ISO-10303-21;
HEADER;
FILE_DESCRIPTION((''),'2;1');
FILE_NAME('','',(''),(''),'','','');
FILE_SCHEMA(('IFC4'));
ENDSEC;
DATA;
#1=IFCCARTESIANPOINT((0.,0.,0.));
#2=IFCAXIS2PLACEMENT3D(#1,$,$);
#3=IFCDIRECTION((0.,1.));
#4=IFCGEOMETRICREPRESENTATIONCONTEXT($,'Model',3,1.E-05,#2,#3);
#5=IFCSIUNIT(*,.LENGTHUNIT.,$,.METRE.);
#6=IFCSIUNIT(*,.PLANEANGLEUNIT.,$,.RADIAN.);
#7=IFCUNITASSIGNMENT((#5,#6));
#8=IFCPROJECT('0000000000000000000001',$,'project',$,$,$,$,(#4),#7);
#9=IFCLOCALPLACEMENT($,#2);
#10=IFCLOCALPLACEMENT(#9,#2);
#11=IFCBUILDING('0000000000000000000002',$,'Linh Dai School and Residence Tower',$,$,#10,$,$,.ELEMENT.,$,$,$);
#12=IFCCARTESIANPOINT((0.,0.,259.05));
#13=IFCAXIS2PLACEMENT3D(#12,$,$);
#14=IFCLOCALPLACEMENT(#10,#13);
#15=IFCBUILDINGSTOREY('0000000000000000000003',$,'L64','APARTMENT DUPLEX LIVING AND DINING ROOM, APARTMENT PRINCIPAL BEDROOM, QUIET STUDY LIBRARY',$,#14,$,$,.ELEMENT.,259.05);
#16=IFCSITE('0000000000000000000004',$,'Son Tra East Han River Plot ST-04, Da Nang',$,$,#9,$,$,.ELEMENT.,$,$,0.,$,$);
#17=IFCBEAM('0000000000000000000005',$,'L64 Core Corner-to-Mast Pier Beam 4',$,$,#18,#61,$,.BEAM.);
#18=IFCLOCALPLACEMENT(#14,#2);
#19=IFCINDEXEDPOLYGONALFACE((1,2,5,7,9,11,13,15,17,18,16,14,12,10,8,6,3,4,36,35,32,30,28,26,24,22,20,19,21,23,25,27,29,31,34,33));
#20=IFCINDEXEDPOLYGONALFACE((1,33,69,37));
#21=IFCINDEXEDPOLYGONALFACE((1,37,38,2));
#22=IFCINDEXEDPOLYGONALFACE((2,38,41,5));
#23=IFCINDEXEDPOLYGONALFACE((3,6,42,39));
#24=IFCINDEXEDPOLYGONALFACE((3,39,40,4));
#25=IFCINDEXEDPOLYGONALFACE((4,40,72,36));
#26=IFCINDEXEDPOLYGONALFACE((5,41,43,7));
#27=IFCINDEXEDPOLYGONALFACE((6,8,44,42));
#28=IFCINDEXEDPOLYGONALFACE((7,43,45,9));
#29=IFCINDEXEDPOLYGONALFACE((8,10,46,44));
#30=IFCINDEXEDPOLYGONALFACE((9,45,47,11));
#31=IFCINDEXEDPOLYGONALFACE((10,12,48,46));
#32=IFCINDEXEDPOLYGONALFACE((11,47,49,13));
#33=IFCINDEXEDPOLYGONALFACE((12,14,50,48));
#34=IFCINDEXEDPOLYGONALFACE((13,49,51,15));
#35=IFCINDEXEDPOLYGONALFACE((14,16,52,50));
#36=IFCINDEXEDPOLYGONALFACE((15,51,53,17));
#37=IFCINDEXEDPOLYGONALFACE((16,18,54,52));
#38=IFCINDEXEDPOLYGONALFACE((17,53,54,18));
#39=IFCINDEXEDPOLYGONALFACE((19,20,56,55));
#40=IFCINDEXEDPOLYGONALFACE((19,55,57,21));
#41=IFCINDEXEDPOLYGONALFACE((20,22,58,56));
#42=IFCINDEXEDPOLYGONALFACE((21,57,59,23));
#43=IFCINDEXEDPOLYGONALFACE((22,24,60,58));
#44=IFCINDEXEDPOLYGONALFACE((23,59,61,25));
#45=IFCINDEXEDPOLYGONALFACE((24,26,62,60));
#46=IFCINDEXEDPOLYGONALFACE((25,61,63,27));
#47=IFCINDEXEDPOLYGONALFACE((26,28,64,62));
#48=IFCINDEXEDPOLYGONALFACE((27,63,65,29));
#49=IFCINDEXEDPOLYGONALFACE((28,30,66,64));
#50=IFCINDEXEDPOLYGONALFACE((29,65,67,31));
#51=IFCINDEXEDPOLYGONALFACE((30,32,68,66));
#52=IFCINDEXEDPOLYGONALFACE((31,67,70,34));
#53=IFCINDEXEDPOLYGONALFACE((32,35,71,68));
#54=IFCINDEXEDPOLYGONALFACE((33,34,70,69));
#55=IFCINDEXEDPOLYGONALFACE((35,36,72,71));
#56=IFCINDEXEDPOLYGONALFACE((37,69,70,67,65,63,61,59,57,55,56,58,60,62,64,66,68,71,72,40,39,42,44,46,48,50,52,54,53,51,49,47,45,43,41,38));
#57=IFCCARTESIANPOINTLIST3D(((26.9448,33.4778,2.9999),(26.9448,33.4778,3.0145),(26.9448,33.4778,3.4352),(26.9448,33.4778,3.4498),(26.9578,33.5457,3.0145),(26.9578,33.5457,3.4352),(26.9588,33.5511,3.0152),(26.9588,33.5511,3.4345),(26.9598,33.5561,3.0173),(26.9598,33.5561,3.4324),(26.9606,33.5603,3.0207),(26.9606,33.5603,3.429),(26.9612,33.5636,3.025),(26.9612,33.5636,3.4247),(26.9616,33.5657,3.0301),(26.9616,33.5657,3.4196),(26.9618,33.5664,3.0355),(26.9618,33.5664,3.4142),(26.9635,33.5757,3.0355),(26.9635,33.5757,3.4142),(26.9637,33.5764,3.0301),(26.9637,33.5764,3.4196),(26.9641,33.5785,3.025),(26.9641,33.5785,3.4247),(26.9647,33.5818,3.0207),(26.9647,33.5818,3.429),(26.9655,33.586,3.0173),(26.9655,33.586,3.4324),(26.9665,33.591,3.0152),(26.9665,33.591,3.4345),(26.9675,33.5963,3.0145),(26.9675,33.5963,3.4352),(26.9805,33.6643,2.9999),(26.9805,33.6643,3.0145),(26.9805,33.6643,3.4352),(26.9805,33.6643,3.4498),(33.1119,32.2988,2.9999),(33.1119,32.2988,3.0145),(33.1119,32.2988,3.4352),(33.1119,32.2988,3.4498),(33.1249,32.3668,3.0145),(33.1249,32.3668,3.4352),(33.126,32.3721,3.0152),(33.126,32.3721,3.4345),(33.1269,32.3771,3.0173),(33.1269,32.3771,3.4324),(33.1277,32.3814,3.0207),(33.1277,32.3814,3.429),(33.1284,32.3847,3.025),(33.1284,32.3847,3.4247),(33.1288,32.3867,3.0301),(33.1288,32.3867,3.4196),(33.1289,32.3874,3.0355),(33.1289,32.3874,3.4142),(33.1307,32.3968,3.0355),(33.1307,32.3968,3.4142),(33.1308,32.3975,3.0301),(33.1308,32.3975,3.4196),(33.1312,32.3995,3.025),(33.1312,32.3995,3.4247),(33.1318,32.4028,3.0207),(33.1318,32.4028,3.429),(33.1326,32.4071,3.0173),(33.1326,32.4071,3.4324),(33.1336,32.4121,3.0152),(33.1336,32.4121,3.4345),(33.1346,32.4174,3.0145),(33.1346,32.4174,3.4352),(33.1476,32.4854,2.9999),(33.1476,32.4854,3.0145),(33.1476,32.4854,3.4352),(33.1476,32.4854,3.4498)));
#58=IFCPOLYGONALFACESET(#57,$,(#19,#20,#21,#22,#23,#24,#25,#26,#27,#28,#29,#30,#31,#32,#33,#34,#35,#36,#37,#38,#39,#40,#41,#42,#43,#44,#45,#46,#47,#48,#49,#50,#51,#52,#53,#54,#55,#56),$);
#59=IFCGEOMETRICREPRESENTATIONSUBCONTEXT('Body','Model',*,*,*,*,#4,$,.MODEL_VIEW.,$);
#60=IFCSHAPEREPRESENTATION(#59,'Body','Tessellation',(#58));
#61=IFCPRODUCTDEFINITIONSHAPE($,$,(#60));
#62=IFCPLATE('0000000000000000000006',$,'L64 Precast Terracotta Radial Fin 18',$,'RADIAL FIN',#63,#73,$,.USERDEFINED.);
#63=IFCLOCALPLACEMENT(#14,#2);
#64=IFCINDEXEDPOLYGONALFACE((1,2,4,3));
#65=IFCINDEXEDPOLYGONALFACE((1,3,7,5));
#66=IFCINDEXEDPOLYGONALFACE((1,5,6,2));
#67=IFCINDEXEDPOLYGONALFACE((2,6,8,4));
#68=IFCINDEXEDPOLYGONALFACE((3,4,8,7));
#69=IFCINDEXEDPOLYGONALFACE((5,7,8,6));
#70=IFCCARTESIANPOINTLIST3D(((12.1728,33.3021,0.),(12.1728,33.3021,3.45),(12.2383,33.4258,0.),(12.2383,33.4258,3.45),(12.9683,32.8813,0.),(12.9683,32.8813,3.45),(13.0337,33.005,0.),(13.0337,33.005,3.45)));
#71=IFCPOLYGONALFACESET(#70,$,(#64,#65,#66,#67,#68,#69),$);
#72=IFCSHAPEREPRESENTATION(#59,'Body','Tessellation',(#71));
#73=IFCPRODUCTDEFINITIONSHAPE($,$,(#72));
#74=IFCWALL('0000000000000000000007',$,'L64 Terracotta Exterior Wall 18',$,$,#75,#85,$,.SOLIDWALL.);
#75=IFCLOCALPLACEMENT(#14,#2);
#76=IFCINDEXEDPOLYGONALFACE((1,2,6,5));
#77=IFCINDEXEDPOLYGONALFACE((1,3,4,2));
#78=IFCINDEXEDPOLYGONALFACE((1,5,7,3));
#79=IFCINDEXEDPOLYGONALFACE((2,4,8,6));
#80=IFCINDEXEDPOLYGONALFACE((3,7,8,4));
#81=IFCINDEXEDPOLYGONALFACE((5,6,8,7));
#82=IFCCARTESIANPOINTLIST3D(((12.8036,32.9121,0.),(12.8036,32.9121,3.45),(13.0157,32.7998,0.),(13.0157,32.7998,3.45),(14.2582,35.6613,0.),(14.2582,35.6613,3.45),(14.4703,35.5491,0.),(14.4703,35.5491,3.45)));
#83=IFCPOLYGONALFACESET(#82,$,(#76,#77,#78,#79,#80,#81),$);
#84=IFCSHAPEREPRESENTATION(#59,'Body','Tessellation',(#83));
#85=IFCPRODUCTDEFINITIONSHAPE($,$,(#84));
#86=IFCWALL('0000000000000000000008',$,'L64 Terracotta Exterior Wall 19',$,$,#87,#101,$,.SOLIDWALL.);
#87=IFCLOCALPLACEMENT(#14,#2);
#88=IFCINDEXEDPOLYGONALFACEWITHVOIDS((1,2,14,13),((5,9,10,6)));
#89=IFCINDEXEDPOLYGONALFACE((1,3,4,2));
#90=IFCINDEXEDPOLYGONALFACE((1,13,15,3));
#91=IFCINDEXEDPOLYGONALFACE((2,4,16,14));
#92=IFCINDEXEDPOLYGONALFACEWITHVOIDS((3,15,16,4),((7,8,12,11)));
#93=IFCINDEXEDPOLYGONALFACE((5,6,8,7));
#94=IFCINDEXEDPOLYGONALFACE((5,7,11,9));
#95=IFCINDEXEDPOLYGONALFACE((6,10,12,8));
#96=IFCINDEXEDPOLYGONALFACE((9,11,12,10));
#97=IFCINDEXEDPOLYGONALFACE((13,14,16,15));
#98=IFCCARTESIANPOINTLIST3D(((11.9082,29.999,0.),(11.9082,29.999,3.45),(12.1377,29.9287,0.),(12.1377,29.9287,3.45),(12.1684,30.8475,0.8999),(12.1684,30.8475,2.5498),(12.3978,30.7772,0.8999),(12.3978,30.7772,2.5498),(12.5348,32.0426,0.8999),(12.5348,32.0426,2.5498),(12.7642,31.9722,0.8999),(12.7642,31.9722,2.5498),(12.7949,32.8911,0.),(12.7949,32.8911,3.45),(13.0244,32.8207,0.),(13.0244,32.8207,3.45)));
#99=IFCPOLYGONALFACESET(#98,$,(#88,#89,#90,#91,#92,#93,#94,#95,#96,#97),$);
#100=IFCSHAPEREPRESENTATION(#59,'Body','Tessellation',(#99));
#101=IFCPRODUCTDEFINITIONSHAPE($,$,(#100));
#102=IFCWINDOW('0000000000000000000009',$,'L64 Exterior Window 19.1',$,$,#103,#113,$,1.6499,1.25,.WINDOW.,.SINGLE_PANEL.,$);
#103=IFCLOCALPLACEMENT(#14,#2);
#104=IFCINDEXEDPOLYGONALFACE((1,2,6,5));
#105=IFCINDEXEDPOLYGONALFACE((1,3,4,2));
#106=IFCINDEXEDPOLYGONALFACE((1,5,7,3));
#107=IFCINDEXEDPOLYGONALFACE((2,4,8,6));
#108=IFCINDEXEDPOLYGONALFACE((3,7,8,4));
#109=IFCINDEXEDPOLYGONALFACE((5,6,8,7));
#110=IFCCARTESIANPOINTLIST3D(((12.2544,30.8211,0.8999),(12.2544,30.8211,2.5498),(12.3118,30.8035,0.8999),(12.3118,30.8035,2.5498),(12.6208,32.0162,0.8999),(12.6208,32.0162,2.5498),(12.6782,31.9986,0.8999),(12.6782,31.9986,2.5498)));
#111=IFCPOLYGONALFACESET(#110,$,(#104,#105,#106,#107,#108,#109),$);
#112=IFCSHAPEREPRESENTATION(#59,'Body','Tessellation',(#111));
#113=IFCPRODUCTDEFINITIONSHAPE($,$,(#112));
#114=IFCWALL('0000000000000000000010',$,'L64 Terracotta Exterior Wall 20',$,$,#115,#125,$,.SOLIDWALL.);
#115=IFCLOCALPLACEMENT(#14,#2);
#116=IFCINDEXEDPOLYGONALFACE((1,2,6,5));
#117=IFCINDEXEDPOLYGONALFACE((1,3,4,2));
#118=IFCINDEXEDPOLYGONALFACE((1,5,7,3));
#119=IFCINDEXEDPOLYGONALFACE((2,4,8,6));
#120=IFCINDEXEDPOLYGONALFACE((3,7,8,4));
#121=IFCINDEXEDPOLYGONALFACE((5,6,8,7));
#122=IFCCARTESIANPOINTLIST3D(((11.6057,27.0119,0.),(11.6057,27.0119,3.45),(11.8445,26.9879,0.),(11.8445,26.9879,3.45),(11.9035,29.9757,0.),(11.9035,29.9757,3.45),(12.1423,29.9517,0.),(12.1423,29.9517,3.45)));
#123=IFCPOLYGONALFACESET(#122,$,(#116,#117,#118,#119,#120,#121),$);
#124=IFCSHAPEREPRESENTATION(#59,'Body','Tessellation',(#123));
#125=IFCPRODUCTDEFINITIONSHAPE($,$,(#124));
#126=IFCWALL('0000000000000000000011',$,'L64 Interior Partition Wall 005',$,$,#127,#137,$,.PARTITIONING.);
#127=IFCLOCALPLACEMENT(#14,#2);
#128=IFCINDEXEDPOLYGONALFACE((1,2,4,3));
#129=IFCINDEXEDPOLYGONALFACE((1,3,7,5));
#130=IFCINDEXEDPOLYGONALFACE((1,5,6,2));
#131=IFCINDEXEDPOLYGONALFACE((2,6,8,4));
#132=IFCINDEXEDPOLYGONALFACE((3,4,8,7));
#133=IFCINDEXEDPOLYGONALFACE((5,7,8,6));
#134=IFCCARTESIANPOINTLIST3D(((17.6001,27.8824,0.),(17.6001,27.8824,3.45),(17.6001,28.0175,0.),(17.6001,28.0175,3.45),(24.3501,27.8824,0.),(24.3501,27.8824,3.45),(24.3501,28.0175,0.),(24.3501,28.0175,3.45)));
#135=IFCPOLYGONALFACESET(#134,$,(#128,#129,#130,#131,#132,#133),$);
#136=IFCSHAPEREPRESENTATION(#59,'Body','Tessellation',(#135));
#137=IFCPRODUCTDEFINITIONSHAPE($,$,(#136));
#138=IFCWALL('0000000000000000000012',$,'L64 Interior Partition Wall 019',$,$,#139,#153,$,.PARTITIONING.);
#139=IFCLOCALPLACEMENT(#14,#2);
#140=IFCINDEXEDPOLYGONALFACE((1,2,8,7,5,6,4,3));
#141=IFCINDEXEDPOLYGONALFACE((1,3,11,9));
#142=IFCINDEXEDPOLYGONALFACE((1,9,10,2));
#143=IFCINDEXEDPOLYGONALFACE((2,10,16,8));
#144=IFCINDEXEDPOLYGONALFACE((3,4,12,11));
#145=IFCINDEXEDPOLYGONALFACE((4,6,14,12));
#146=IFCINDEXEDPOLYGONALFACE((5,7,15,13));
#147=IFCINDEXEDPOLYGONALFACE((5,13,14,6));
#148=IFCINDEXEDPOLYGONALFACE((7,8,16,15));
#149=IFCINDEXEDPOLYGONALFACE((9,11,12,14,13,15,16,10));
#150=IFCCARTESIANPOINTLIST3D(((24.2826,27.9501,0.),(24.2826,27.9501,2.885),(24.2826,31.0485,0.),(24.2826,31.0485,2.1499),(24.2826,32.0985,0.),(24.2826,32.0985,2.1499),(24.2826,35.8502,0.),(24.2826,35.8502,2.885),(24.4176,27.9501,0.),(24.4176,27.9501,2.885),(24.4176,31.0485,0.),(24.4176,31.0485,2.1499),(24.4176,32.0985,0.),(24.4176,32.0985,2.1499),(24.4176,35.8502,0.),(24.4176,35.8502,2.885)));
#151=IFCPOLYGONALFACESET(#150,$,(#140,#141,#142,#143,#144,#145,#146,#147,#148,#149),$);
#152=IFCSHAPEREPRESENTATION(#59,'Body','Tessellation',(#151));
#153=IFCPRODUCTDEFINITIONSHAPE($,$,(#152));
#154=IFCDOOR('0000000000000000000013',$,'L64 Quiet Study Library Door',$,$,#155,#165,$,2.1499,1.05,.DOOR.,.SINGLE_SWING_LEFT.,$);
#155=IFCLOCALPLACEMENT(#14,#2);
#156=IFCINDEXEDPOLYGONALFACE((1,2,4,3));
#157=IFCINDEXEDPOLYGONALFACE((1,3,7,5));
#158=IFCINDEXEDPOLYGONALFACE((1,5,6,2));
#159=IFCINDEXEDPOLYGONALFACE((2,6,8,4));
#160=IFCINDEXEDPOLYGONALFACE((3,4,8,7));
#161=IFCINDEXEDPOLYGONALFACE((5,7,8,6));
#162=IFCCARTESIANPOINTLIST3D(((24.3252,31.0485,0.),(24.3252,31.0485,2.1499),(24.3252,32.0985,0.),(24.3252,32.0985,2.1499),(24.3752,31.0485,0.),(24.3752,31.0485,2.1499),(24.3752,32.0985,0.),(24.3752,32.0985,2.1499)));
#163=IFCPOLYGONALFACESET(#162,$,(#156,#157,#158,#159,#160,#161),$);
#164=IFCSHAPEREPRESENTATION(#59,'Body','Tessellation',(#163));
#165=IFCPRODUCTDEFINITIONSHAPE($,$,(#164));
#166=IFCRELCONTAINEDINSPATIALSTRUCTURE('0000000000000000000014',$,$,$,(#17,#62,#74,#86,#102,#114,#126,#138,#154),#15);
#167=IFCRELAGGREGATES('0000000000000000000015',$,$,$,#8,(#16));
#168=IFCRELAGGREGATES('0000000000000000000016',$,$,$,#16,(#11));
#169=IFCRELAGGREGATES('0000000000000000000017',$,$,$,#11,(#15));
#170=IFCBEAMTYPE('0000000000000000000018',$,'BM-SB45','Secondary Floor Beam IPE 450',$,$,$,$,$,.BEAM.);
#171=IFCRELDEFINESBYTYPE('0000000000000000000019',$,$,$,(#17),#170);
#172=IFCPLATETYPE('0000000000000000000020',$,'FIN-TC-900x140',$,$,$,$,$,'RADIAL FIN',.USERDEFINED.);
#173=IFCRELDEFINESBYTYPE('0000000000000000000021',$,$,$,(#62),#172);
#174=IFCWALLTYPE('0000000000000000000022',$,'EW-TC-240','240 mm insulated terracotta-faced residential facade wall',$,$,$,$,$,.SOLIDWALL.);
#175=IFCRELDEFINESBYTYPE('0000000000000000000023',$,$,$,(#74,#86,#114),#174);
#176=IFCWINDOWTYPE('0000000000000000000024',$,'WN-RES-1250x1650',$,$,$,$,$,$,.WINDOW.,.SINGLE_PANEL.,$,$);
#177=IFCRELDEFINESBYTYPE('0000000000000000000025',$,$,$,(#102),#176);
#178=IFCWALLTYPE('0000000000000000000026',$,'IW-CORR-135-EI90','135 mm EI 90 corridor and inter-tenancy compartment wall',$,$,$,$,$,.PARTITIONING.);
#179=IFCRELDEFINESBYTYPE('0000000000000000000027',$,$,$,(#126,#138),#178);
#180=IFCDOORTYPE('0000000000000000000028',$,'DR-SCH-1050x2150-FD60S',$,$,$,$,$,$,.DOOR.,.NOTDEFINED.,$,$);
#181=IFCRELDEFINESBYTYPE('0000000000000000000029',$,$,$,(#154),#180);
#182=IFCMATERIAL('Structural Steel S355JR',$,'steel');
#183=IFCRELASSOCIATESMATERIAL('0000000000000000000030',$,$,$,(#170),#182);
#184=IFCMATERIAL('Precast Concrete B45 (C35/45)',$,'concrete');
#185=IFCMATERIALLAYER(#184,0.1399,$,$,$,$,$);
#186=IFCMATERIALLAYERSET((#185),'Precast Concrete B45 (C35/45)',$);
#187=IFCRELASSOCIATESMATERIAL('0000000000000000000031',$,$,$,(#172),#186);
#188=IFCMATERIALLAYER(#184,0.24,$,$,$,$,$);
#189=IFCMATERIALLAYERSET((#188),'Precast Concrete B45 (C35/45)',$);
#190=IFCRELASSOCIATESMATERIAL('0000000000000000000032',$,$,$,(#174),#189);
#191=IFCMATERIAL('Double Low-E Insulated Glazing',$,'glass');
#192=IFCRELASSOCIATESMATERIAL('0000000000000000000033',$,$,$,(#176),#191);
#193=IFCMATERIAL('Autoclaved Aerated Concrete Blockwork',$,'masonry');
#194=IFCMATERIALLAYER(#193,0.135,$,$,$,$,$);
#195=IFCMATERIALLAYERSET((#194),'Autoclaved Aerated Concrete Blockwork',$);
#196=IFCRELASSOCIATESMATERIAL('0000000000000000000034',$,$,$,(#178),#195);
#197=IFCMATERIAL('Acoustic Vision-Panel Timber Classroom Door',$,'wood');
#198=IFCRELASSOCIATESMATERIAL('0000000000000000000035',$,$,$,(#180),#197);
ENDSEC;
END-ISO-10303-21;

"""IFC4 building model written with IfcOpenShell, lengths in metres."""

from ifc_helpers import new_model, si_unit, direction, frame, frame_2d, origin, origin_2d, place, context, subcontext, project, spatial, rectangle, i_section, extrude, source, transform, mapped, material, layer, layer_set, material_profile, profile_set, type_object, element, fill, save


model = new_model("IFC4")

# Units and contexts
model_context = context("Model", 3, precision=1e-05, world=origin(), true_north=direction((0.0, 1.0)))
body_context = subcontext(model_context, "Body", "Model", "MODEL_VIEW")
ifc_project = project(units=[si_unit("LENGTHUNIT", "METRE"), si_unit("PLANEANGLEUNIT", "RADIAN")], contexts=[model_context])

# Site, building, storey
site_placement = place(None, origin())
site = spatial("IfcSite", under=ifc_project, at=site_placement, Name="Son Tra East Han River Plot ST-04, Da Nang", CompositionType="ELEMENT", RefElevation=0.0)
building_placement = place(site_placement, origin())
building = spatial("IfcBuilding", under=site, at=building_placement, Name="Linh Dai School and Residence Tower", CompositionType="ELEMENT")
storey_placement = place(building_placement, frame((0.0, 0.0, 259.05)))
storey = spatial("IfcBuildingStorey", under=building, at=storey_placement, Name="L64", Description="APARTMENT DUPLEX LIVING AND DINING ROOM, APARTMENT PRINCIPAL BEDROOM, QUIET STUDY LIBRARY", CompositionType="ELEMENT", Elevation=259.05)

# Shared definitions
ifc_material_1 = material(Name="Structural Steel S355JR", Category="steel")

# Beam
ifc_material_profile_1 = material_profile(ifc_material_1, i_section(OverallWidth=0.1899, OverallDepth=0.45, WebThickness=0.0095, FlangeThickness=0.0146, FilletRadius=0.021, at=origin_2d()), Name="IPE 450")
ifc_profile_set_1 = profile_set([ifc_material_profile_1], Name="Structural Steel S355JR")
beam_type_1 = type_object("IfcBeamType", Name="BM-SB45", Description="Secondary Floor Beam IPE 450", PredefinedType="BEAM", material=ifc_profile_set_1)
beam_1_placement = place(storey_placement, frame((26.9626, 33.571, 3.2249), z_axis=(0.982214, -0.187764, 0.0), x_axis=(0.187764, 0.982214, 0.0)))
element("IfcBeam", 1, at=beam_1_placement, inside=storey, type_object=beam_type_1, Name="L64 Core Corner-to-Mast Pier Beam 4", PredefinedType="BEAM", context=body_context, shape_type="SweptSolid", body=[
    extrude(i_section(OverallWidth=0.1899, OverallDepth=0.45, WebThickness=0.0095, FlangeThickness=0.0146, FilletRadius=0.021, at=origin_2d()), origin(), (0.0, 0.0, 1.0), 6.2788),
])

# Plate
ifc_material_2 = material(Name="Precast Concrete B45 (C35/45)", Category="concrete")
ifc_layer_1 = layer(ifc_material_2, 0.1399)
ifc_layer_set_1 = layer_set([ifc_layer_1], Name="Precast Concrete B45 (C35/45)")
plate_type = type_object("IfcPlateType", Name="FIN-TC-900x140", ElementType="RADIAL FIN", PredefinedType="USERDEFINED", material=ifc_layer_set_1)
shared_shape_1 = source(origin(), body_context, "Body", "SweptSolid", [
    extrude(rectangle(XDim=0.8999, YDim=0.1399, at=origin_2d()), origin(), (0.0, 0.0, 1.0), 3.45),
])
plate_placement = place(storey_placement, frame((12.6033, 33.1536, 0.0), z_axis=(0.0, 0.0, 1.0), x_axis=(-0.883929, 0.467621, 0.0)))
element("IfcPlate", 2, at=plate_placement, inside=storey, type_object=plate_type, Name="L64 Precast Terracotta Radial Fin 18", ObjectType="RADIAL FIN", PredefinedType="USERDEFINED", context=body_context, shape_type="MappedRepresentation", body=[
    mapped(shared_shape_1, transform((0.0, 0.0, 0.0), x_axis=(1.0, 0.0, 0.0), y_axis=(0.0, 1.0, 0.0), z_axis=(0.0, 0.0, 1.0), scale=1.0)),
])

# Wall
ifc_layer_2 = layer(ifc_material_2, 0.24)
ifc_layer_set_2 = layer_set([ifc_layer_2], Name="Precast Concrete B45 (C35/45)")
wall_type_1 = type_object("IfcWallType", Name="EW-TC-240", Description="240 mm insulated terracotta-faced residential facade wall", PredefinedType="SOLIDWALL", material=ifc_layer_set_2)
wall_1_placement = place(storey_placement, frame((12.9097, 32.856, 0.0), z_axis=(0.0, 0.0, 1.0), x_axis=(0.46766, 0.883908, 0.0)))
element("IfcWall", 3, at=wall_1_placement, inside=storey, type_object=wall_type_1, Name="L64 Terracotta Exterior Wall 18", PredefinedType="SOLIDWALL", context=body_context, shape_type="SweptSolid", body=[
    extrude(rectangle(XDim=3.1104, YDim=0.24, at=frame_2d((1.5552, 0.0))), origin(), (0.0, 0.0, 1.0), 3.45),
])

# Wall, opening, window
wall_2_placement = place(storey_placement, frame((12.0229, 29.9639, 0.0), z_axis=(0.0, 0.0, 1.0), x_axis=(0.293133, 0.956072, 0.0)))
wall_2 = element("IfcWall", 4, at=wall_2_placement, inside=storey, type_object=wall_type_1, Name="L64 Terracotta Exterior Wall 19", PredefinedType="SOLIDWALL", context=body_context, shape_type="SweptSolid", body=[
    extrude(rectangle(XDim=3.0249, YDim=0.24, at=frame_2d((1.5125, 0.0))), origin(), (0.0, 0.0, 1.0), 3.45),
])
opening_1_placement = place(wall_2_placement, frame((0.8875, 0.0, 0.8999)))
opening_1 = element("IfcOpeningElement", 5, at=opening_1_placement, cuts=wall_2, PredefinedType="OPENING", context=body_context, shape_type="SweptSolid", body=[
    extrude(rectangle(XDim=1.25, YDim=1.6499, at=origin_2d()), frame((0.625, 0.1299, 0.825), z_axis=(0.0, -1.0, 0.0), x_axis=(1.0, 0.0, 0.0)), (0.0, 0.0, 1.0), 0.26),
])
ifc_material_3 = material(Name="Double Low-E Insulated Glazing", Category="glass")
window_type = type_object("IfcWindowType", Name="WN-RES-1250x1650", PartitioningType="SINGLE_PANEL", PredefinedType="WINDOW", material=ifc_material_3)
shared_shape_2 = source(origin(), body_context, "Body", "SweptSolid", [
    extrude(rectangle(XDim=1.25, YDim=1.6499, at=origin_2d()), frame((0.625, 0.03, 0.825), z_axis=(0.0, -1.0, 0.0), x_axis=(1.0, 0.0, 0.0)), (0.0, 0.0, 1.0), 0.0601),
])
window_placement = place(opening_1_placement, origin())
window = element("IfcWindow", 6, at=window_placement, inside=storey, type_object=window_type, Name="L64 Exterior Window 19.1", OverallHeight=1.6499, OverallWidth=1.25, PartitioningType="SINGLE_PANEL", PredefinedType="WINDOW", context=body_context, shape_type="MappedRepresentation", body=[
    mapped(shared_shape_2, transform((0.0, 0.0, 0.0), x_axis=(1.0, 0.0, 0.0), y_axis=(0.0, 1.0, 0.0), z_axis=(0.0, 0.0, 1.0), scale=1.0)),
])
fill(opening_1, window)

# Walls
wall_3_placement = place(storey_placement, frame((11.7251, 27.0, 0.0), z_axis=(0.0, 0.0, 1.0), x_axis=(0.099991, 0.994988, 0.0)))
element("IfcWall", 7, at=wall_3_placement, inside=storey, type_object=wall_type_1, Name="L64 Terracotta Exterior Wall 20", PredefinedType="SOLIDWALL", context=body_context, shape_type="SweptSolid", body=[
    extrude(rectangle(XDim=2.9788, YDim=0.24, at=frame_2d((1.4893, 0.0))), origin(), (0.0, 0.0, 1.0), 3.45),
])
ifc_material_4 = material(Name="Autoclaved Aerated Concrete Blockwork", Category="masonry")
ifc_layer_3 = layer(ifc_material_4, 0.135)
ifc_layer_set_3 = layer_set([ifc_layer_3], Name="Autoclaved Aerated Concrete Blockwork")
wall_type_2 = type_object("IfcWallType", Name="IW-CORR-135-EI90", Description="135 mm EI 90 corridor and inter-tenancy compartment wall", PredefinedType="PARTITIONING", material=ifc_layer_set_3)
wall_4_placement = place(storey_placement, frame((17.6001, 27.95, 0.0), z_axis=(0.0, 0.0, 1.0), x_axis=(1.0, 0.0, 0.0)))
element("IfcWall", 8, at=wall_4_placement, inside=storey, type_object=wall_type_2, Name="L64 Interior Partition Wall 005", PredefinedType="PARTITIONING", context=body_context, shape_type="SweptSolid", body=[
    extrude(rectangle(XDim=6.75, YDim=0.135, at=frame_2d((3.375, 0.0))), origin(), (0.0, 0.0, 1.0), 3.45),
])

# Wall, opening, door
wall_5_placement = place(storey_placement, frame((24.3501, 27.95, 0.0), z_axis=(0.0, 0.0, 1.0), x_axis=(0.0, 1.0, 0.0)))
wall_5 = element("IfcWall", 9, at=wall_5_placement, inside=storey, type_object=wall_type_2, Name="L64 Interior Partition Wall 019", PredefinedType="PARTITIONING", context=body_context, shape_type="SweptSolid", body=[
    extrude(rectangle(XDim=7.9001, YDim=0.135, at=frame_2d((3.9502, 0.0))), origin(), (0.0, 0.0, 1.0), 2.885),
])
opening_2_placement = place(wall_5_placement, frame((3.0986, 0.0, 0.0)))
opening_2 = element("IfcOpeningElement", 10, at=opening_2_placement, cuts=wall_5, PredefinedType="OPENING", context=body_context, shape_type="SweptSolid", body=[
    extrude(rectangle(XDim=1.05, YDim=2.1499, at=origin_2d()), frame((0.5249, 0.0776, 1.075), z_axis=(0.0, -1.0, 0.0), x_axis=(1.0, 0.0, 0.0)), (0.0, 0.0, 1.0), 0.155),
])
ifc_material_5 = material(Name="Acoustic Vision-Panel Timber Classroom Door", Category="wood")
door_type = type_object("IfcDoorType", Name="DR-SCH-1050x2150-FD60S", OperationType="NOTDEFINED", PredefinedType="DOOR", material=ifc_material_5)
shared_shape_3 = source(origin(), body_context, "Body", "SweptSolid", [
    extrude(rectangle(XDim=1.05, YDim=2.1499, at=origin_2d()), frame((0.5249, 0.0249, 1.075), z_axis=(0.0, -1.0, 0.0), x_axis=(1.0, 0.0, 0.0)), (0.0, 0.0, 1.0), 0.05),
])
door_placement = place(opening_2_placement, origin())
door = element("IfcDoor", 11, at=door_placement, inside=storey, type_object=door_type, Name="L64 Quiet Study Library Door", OperationType="SINGLE_SWING_LEFT", OverallHeight=2.1499, OverallWidth=1.05, PredefinedType="DOOR", context=body_context, shape_type="MappedRepresentation", body=[
    mapped(shared_shape_3, transform((0.0, 0.0, 0.0), x_axis=(1.0, 0.0, 0.0), y_axis=(0.0, 1.0, 0.0), z_axis=(0.0, 0.0, 1.0), scale=1.0)),
])
fill(opening_2, door)

save(model, "model.ifc")
